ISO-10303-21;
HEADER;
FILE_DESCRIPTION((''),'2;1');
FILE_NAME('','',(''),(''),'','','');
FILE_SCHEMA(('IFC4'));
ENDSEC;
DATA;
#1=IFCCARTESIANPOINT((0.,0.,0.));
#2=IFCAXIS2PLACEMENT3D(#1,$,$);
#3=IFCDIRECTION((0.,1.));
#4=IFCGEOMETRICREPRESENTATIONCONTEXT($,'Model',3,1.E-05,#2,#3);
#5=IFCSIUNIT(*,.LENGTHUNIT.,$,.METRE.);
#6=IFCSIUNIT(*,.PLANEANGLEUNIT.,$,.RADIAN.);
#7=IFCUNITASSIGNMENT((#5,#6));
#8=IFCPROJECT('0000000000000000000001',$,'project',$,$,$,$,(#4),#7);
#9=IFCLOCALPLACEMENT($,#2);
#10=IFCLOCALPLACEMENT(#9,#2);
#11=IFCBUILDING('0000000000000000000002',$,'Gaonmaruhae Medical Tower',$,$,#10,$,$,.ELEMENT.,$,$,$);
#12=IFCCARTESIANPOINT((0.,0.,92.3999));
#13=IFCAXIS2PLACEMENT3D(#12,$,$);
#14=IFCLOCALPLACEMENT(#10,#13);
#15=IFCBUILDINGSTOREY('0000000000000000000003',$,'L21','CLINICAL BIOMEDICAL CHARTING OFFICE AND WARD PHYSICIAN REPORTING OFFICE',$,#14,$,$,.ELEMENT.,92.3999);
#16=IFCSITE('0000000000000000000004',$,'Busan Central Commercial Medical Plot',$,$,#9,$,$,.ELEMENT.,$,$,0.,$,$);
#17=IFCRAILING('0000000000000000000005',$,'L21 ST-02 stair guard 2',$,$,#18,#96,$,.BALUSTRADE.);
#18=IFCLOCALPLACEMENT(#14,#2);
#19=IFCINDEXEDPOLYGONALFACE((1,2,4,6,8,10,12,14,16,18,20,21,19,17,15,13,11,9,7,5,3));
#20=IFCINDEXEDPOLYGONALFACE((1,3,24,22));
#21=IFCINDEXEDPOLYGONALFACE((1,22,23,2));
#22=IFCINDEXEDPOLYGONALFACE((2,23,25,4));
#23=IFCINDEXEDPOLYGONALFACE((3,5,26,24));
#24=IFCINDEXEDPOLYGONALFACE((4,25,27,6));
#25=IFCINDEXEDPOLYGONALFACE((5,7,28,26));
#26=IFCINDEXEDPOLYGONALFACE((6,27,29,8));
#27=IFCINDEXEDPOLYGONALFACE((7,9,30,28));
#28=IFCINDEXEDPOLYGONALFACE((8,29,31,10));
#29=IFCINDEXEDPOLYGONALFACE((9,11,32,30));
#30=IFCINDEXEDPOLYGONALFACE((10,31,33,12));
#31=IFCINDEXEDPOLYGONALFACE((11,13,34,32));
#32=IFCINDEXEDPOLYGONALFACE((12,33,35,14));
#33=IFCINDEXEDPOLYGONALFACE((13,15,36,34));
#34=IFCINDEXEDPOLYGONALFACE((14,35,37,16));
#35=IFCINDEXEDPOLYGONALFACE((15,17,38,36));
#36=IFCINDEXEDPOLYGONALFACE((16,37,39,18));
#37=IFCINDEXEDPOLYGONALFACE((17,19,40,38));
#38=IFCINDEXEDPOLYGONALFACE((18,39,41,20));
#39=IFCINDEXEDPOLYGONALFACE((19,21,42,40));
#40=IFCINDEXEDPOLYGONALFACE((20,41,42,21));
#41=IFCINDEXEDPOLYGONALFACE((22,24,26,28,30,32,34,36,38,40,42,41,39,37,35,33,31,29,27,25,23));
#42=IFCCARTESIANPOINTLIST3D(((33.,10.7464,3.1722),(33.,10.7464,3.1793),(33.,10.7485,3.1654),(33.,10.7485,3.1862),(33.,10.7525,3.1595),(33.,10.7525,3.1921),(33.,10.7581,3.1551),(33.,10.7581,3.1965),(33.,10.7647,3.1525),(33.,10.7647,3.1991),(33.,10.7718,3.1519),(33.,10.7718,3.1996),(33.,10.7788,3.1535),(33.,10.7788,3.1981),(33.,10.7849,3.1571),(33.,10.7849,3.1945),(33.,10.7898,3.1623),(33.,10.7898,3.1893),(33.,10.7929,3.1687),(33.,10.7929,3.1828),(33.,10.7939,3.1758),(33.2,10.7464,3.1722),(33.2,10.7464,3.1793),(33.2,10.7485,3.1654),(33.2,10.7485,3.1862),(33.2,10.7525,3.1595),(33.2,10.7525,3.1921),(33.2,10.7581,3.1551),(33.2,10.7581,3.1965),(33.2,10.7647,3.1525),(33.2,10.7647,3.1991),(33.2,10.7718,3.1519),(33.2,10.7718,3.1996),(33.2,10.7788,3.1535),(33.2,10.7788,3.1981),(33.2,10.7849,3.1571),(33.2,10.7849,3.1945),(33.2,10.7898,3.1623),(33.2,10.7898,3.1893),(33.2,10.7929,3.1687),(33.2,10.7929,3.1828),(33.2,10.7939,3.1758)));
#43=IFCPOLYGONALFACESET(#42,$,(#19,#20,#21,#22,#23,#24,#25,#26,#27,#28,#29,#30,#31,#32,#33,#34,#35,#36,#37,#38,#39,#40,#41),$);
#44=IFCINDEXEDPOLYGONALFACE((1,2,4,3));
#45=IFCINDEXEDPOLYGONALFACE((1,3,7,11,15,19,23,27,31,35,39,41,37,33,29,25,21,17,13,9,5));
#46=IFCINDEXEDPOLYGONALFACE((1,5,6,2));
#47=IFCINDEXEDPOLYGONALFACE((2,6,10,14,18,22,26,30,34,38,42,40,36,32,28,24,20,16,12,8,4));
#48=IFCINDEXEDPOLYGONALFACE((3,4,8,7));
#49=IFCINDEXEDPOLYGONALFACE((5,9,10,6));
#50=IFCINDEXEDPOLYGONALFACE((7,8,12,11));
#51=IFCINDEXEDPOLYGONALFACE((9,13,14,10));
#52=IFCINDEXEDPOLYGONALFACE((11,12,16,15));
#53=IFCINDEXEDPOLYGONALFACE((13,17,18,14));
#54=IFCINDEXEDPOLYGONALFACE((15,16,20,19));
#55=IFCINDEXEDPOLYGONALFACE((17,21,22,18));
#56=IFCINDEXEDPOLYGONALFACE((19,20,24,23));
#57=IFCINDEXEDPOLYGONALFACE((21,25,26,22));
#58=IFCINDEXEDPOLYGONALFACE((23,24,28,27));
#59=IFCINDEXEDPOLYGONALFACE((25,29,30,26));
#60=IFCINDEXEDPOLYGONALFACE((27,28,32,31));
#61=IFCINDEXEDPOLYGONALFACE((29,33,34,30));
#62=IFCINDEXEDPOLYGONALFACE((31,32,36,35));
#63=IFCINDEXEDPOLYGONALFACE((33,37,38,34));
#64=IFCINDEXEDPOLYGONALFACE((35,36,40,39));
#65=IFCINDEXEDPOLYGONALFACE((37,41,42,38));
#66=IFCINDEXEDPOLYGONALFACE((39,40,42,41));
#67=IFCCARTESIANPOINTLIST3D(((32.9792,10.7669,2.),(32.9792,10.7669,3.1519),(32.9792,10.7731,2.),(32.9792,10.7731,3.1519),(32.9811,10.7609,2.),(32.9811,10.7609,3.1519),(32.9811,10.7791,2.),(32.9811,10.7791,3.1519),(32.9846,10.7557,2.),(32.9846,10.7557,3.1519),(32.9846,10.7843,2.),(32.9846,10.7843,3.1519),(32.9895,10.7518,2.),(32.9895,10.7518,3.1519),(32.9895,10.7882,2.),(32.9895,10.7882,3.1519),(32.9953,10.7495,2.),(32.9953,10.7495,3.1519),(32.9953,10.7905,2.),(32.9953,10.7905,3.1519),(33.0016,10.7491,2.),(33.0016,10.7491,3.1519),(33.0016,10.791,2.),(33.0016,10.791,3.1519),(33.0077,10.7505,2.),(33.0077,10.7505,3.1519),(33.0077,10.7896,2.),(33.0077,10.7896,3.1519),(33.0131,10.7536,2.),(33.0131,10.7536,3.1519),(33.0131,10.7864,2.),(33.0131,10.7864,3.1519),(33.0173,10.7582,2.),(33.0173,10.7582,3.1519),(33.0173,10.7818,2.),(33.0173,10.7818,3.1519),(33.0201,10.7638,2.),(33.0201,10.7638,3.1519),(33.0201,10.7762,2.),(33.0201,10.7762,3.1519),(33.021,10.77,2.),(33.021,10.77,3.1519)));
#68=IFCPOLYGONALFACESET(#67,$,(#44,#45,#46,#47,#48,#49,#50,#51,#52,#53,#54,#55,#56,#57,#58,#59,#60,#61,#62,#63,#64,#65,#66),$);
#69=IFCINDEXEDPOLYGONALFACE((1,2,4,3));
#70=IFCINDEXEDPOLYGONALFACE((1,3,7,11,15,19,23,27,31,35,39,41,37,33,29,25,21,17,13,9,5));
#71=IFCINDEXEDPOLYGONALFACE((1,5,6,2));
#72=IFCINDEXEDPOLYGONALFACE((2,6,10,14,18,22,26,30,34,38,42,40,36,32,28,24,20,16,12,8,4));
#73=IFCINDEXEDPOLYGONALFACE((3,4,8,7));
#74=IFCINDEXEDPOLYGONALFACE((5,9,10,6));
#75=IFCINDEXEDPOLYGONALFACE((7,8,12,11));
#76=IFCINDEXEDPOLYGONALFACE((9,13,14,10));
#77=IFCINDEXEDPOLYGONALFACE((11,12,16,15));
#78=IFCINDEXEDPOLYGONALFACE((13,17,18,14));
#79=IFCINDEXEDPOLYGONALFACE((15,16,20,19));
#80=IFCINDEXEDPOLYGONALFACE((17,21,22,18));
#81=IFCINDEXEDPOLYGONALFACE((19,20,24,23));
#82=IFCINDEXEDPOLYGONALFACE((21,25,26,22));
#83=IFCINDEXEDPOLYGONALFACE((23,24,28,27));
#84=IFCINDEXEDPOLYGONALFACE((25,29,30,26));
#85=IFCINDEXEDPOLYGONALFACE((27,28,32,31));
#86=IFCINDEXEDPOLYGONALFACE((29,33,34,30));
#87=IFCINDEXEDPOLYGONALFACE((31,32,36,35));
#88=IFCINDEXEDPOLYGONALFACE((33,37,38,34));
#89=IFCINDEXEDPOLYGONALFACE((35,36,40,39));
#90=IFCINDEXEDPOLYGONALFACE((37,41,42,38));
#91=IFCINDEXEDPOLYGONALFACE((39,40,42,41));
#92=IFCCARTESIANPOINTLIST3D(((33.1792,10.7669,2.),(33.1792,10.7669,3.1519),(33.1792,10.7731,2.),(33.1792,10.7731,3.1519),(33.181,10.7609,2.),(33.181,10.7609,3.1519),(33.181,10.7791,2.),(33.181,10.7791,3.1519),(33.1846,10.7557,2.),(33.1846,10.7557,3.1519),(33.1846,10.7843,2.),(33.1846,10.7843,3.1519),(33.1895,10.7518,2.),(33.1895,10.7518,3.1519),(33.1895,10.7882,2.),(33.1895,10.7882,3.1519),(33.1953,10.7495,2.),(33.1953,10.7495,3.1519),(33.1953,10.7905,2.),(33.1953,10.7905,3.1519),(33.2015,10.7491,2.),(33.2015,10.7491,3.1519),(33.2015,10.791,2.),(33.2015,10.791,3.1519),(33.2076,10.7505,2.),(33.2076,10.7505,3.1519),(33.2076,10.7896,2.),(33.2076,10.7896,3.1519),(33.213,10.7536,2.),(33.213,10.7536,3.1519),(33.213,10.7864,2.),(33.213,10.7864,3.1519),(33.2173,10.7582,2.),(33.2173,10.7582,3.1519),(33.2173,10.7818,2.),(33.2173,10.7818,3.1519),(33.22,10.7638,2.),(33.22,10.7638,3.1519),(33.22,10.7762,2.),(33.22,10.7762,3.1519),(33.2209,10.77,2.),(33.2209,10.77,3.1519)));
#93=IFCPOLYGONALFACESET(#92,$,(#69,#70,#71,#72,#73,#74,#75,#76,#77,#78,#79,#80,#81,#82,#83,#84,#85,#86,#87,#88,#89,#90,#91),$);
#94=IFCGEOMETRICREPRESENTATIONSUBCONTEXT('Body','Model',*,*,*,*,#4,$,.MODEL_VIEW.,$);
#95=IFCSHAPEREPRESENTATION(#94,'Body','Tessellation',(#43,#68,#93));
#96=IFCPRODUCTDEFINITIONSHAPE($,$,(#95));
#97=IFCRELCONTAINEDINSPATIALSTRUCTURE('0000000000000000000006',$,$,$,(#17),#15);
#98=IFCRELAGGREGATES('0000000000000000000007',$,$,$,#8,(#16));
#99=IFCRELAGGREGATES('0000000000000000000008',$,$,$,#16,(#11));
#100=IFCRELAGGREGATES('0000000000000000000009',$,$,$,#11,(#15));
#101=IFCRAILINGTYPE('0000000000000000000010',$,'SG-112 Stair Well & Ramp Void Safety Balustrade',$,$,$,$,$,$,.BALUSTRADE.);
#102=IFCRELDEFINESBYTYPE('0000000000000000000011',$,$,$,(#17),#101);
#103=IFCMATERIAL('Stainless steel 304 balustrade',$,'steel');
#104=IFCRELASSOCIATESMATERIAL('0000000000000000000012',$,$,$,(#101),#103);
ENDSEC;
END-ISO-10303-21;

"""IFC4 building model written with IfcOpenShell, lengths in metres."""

from ifc_helpers import new_model, si_unit, direction, frame, origin, origin_2d, place, context, subcontext, project, spatial, circle, extrude, material, type_object, element, save


model = new_model("IFC4")

# Units and contexts
model_context = context("Model", 3, precision=1e-05, world=origin(), true_north=direction((0.0, 1.0)))
body_context = subcontext(model_context, "Body", "Model", "MODEL_VIEW")
ifc_project = project(units=[si_unit("LENGTHUNIT", "METRE"), si_unit("PLANEANGLEUNIT", "RADIAN")], contexts=[model_context])

# Site, building, storey
site_placement = place(None, origin())
site = spatial("IfcSite", under=ifc_project, at=site_placement, Name="Busan Central Commercial Medical Plot", CompositionType="ELEMENT", RefElevation=0.0)
building_placement = place(site_placement, origin())
building = spatial("IfcBuilding", under=site, at=building_placement, Name="Gaonmaruhae Medical Tower", CompositionType="ELEMENT")
storey_placement = place(building_placement, frame((0.0, 0.0, 92.3999)))
storey = spatial("IfcBuildingStorey", under=building, at=storey_placement, Name="L21", Description="CLINICAL BIOMEDICAL CHARTING OFFICE AND WARD PHYSICIAN REPORTING OFFICE", CompositionType="ELEMENT", Elevation=92.3999)

# Railing
ifc_material_1 = material(Name="Stainless steel 304 balustrade", Category="steel")
railing_type_1 = type_object("IfcRailingType", Name="SG-112 Stair Well & Ramp Void Safety Balustrade", PredefinedType="BALUSTRADE", material=ifc_material_1)
railing_1_placement = place(storey_placement, frame((33.0, 10.77, 2.0)))
element("IfcRailing", 1, at=railing_1_placement, inside=storey, type_object=railing_type_1, Name="L21 ST-02 stair guard 2", PredefinedType="BALUSTRADE", context=body_context, shape_type="SweptSolid", body=[
    extrude(circle(Radius=0.0239, at=origin_2d()), frame((0.0, 0.0, 1.1758), z_axis=(1.0, 0.0, 0.0), x_axis=(0.0, 1.0, 0.0)), (0.0, 0.0, 1.0), 0.2),
    extrude(circle(Radius=0.021, at=origin_2d()), origin(), (0.0, 0.0, 1.0), 1.1519),
    extrude(circle(Radius=0.021, at=origin_2d()), frame((0.2, 0.0, 0.0)), (0.0, 0.0, 1.0), 1.1519),
])

save(model, "model.ifc")
